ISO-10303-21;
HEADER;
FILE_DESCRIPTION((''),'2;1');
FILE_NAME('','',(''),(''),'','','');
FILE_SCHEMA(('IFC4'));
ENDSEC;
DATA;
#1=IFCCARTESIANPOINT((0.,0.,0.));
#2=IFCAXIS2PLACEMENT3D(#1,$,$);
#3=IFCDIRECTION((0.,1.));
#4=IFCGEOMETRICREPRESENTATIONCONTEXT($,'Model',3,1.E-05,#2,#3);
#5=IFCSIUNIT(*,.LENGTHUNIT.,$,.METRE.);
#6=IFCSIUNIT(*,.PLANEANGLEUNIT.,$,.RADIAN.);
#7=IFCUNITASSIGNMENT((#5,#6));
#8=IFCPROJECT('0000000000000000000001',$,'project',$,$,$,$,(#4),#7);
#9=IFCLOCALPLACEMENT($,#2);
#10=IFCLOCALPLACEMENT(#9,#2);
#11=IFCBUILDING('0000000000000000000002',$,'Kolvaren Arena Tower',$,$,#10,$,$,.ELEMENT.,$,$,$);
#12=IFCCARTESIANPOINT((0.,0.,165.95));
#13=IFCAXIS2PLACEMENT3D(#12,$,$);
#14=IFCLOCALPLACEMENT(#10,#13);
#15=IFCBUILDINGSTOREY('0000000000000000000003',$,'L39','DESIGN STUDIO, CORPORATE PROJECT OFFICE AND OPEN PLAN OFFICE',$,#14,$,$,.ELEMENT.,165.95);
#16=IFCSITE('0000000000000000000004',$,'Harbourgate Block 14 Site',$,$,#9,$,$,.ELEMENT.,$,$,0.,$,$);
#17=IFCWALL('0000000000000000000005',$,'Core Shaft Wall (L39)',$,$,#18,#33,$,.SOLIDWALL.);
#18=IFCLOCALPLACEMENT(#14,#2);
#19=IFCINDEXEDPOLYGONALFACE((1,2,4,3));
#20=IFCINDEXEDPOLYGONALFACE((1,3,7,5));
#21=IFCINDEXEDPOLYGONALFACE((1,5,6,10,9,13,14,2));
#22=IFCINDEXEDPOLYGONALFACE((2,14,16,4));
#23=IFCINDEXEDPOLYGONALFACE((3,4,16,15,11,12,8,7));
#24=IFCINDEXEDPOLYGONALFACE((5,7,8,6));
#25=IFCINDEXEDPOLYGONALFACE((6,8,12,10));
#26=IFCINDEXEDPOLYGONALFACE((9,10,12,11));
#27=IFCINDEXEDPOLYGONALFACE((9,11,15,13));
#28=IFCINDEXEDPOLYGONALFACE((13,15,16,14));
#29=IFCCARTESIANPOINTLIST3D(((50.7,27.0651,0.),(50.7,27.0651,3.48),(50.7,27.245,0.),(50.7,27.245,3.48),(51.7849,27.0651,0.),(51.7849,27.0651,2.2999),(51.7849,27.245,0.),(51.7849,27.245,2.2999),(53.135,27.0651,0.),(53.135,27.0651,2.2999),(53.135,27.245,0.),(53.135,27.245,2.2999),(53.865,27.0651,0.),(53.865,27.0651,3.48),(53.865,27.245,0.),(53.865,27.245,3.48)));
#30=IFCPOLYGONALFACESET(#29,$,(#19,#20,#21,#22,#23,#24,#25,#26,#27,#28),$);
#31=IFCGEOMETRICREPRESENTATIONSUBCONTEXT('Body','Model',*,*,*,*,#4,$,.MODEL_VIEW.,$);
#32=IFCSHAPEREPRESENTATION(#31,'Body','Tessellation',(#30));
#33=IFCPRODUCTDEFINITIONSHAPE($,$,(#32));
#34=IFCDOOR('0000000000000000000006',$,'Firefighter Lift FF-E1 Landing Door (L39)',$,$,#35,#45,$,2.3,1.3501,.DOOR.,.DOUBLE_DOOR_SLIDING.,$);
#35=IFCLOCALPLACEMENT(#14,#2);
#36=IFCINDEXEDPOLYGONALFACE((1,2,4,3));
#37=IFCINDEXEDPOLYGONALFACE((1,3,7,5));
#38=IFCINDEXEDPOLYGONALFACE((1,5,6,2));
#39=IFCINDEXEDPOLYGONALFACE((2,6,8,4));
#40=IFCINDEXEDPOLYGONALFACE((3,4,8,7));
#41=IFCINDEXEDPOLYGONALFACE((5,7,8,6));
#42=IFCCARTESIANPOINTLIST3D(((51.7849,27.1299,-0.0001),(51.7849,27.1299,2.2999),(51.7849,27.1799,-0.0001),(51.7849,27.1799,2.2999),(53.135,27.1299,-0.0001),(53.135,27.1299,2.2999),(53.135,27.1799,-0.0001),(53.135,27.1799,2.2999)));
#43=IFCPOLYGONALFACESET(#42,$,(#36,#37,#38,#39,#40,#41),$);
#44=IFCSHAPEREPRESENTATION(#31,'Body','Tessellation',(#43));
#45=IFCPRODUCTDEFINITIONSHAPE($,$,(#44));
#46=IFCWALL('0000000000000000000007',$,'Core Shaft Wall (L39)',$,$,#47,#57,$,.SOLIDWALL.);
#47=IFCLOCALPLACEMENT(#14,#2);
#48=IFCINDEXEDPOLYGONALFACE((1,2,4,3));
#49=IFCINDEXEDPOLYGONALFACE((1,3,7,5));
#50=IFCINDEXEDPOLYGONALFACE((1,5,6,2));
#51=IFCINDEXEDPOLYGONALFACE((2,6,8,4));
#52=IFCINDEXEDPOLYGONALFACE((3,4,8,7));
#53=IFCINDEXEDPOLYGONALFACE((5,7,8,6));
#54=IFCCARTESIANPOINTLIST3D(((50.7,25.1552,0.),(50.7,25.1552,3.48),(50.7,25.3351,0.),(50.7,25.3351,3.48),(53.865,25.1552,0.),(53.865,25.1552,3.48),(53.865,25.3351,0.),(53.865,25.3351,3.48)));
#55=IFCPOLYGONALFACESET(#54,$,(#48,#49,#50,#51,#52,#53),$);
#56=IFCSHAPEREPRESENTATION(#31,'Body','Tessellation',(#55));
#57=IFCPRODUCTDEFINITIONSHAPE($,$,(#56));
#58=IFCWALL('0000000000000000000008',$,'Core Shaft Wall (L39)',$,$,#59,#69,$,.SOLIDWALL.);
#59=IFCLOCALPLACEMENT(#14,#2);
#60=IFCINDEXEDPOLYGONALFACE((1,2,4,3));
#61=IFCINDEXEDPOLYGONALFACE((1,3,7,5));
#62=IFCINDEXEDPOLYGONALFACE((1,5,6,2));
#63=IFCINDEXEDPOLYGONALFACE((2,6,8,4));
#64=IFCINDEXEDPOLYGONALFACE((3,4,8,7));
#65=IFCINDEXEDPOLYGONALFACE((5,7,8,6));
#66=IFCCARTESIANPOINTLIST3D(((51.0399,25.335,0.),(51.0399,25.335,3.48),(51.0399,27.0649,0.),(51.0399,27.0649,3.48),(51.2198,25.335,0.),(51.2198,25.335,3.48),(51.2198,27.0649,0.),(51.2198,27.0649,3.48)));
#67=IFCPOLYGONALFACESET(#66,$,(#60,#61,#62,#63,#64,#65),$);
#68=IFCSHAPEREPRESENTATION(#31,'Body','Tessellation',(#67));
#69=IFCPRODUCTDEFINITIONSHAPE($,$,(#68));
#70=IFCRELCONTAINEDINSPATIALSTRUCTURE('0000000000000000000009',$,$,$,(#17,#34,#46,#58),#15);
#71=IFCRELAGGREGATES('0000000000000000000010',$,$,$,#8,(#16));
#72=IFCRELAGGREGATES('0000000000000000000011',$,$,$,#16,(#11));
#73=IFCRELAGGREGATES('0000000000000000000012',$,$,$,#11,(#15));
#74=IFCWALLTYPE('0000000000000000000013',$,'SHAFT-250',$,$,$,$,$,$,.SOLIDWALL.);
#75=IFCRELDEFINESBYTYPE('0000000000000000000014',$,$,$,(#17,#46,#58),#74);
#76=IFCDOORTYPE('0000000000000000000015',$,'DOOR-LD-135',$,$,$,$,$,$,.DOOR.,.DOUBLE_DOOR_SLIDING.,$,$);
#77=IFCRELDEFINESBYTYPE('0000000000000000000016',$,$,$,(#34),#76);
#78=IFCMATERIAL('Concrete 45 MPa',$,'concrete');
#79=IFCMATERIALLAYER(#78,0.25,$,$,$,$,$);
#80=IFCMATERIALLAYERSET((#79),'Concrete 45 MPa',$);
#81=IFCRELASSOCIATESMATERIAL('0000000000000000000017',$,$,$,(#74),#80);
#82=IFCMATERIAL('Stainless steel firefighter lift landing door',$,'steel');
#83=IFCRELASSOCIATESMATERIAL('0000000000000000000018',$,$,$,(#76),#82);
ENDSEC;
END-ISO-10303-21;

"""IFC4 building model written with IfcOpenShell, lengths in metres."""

from ifc_helpers import new_model, si_unit, direction, frame, frame_2d, origin, place, context, subcontext, project, spatial, rectangle, extrude, material, layer, layer_set, type_object, element, fill, save


model = new_model("IFC4")

# Units and contexts
model_context = context("Model", 3, precision=1e-05, world=origin(), true_north=direction((0.0, 1.0)))
body_context = subcontext(model_context, "Body", "Model", "MODEL_VIEW")
ifc_project = project(units=[si_unit("LENGTHUNIT", "METRE"), si_unit("PLANEANGLEUNIT", "RADIAN")], contexts=[model_context])

# Site, building, storey
site_placement = place(None, origin())
site = spatial("IfcSite", under=ifc_project, at=site_placement, Name="Harbourgate Block 14 Site", CompositionType="ELEMENT", RefElevation=0.0)
building_placement = place(site_placement, origin())
building = spatial("IfcBuilding", under=site, at=building_placement, Name="Kolvaren Arena Tower", CompositionType="ELEMENT")
storey_placement = place(building_placement, frame((0.0, 0.0, 165.95)))
storey = spatial("IfcBuildingStorey", under=building, at=storey_placement, Name="L39", Description="DESIGN STUDIO, CORPORATE PROJECT OFFICE AND OPEN PLAN OFFICE", CompositionType="ELEMENT", Elevation=165.95)

# Shared definitions
ifc_material_1 = material(Name="Concrete 45 MPa", Category="concrete")
ifc_layer_1 = layer(ifc_material_1, 0.25)
ifc_layer_set_1 = layer_set([ifc_layer_1], Name="Concrete 45 MPa")
wall_type_1 = type_object("IfcWallType", Name="SHAFT-250", PredefinedType="SOLIDWALL", material=ifc_layer_set_1)

# Wall, opening, door
wall_1_placement = place(storey_placement, frame((50.7, 27.155, 0.0), z_axis=(0.0, 0.0, 1.0), x_axis=(1.0, 0.0, 0.0)))
wall_1 = element("IfcWall", 1, at=wall_1_placement, inside=storey, type_object=wall_type_1, Name="Core Shaft Wall (L39)", PredefinedType="SOLIDWALL", context=body_context, shape_type="SweptSolid", body=[
    extrude(rectangle(XDim=3.165, YDim=0.1799, at=frame_2d((1.5825, 0.0))), origin(), (0.0, 0.0, 1.0), 3.48),
])
opening_1_placement = place(wall_1_placement, frame((1.085, 0.0, 0.0)))
opening_1 = element("IfcOpeningElement", 2, at=opening_1_placement, cuts=wall_1, PredefinedType="OPENING", context=body_context, shape_type="SweptSolid", body=[
    extrude(rectangle(XDim=1.3501, YDim=2.3, at=frame_2d((0.675, 1.1499))), frame((0.0, 0.0999, 0.0), z_axis=(0.0, -1.0, 0.0), x_axis=(1.0, 0.0, 0.0)), (0.0, 0.0, 1.0), 0.2),
])
ifc_material_2 = material(Name="Stainless steel firefighter lift landing door", Category="steel")
door_type_1 = type_object("IfcDoorType", Name="DOOR-LD-135", OperationType="DOUBLE_DOOR_SLIDING", PredefinedType="DOOR", material=ifc_material_2)
door_1_placement = place(opening_1_placement, origin())
door_1 = element("IfcDoor", 3, at=door_1_placement, inside=storey, type_object=door_type_1, Name="Firefighter Lift FF-E1 Landing Door (L39)", OperationType="DOUBLE_DOOR_SLIDING", OverallHeight=2.3, OverallWidth=1.3501, PredefinedType="DOOR", context=body_context, shape_type="SweptSolid", body=[
    extrude(rectangle(XDim=1.3501, YDim=2.3, at=frame_2d((0.675, 1.1499))), frame((0.0, 0.0249, 0.0), z_axis=(0.0, -1.0, 0.0), x_axis=(1.0, 0.0, 0.0)), (0.0, 0.0, 1.0), 0.05),
])
fill(opening_1, door_1)

# Walls
wall_2_placement = place(storey_placement, frame((50.7, 25.2451, 0.0), z_axis=(0.0, 0.0, 1.0), x_axis=(1.0, 0.0, 0.0)))
element("IfcWall", 4, at=wall_2_placement, inside=storey, type_object=wall_type_1, Name="Core Shaft Wall (L39)", PredefinedType="SOLIDWALL", context=body_context, shape_type="SweptSolid", body=[
    extrude(rectangle(XDim=3.165, YDim=0.1799, at=frame_2d((1.5825, 0.0))), origin(), (0.0, 0.0, 1.0), 3.48),
])
wall_3_placement = place(storey_placement, frame((51.1299, 25.335, 0.0), z_axis=(0.0, 0.0, 1.0), x_axis=(0.0, 1.0, 0.0)))
element("IfcWall", 5, at=wall_3_placement, inside=storey, type_object=wall_type_1, Name="Core Shaft Wall (L39)", PredefinedType="SOLIDWALL", context=body_context, shape_type="SweptSolid", body=[
    extrude(rectangle(XDim=1.73, YDim=0.1799, at=frame_2d((0.865, 0.0))), origin(), (0.0, 0.0, 1.0), 3.48),
])

save(model, "model.ifc")
